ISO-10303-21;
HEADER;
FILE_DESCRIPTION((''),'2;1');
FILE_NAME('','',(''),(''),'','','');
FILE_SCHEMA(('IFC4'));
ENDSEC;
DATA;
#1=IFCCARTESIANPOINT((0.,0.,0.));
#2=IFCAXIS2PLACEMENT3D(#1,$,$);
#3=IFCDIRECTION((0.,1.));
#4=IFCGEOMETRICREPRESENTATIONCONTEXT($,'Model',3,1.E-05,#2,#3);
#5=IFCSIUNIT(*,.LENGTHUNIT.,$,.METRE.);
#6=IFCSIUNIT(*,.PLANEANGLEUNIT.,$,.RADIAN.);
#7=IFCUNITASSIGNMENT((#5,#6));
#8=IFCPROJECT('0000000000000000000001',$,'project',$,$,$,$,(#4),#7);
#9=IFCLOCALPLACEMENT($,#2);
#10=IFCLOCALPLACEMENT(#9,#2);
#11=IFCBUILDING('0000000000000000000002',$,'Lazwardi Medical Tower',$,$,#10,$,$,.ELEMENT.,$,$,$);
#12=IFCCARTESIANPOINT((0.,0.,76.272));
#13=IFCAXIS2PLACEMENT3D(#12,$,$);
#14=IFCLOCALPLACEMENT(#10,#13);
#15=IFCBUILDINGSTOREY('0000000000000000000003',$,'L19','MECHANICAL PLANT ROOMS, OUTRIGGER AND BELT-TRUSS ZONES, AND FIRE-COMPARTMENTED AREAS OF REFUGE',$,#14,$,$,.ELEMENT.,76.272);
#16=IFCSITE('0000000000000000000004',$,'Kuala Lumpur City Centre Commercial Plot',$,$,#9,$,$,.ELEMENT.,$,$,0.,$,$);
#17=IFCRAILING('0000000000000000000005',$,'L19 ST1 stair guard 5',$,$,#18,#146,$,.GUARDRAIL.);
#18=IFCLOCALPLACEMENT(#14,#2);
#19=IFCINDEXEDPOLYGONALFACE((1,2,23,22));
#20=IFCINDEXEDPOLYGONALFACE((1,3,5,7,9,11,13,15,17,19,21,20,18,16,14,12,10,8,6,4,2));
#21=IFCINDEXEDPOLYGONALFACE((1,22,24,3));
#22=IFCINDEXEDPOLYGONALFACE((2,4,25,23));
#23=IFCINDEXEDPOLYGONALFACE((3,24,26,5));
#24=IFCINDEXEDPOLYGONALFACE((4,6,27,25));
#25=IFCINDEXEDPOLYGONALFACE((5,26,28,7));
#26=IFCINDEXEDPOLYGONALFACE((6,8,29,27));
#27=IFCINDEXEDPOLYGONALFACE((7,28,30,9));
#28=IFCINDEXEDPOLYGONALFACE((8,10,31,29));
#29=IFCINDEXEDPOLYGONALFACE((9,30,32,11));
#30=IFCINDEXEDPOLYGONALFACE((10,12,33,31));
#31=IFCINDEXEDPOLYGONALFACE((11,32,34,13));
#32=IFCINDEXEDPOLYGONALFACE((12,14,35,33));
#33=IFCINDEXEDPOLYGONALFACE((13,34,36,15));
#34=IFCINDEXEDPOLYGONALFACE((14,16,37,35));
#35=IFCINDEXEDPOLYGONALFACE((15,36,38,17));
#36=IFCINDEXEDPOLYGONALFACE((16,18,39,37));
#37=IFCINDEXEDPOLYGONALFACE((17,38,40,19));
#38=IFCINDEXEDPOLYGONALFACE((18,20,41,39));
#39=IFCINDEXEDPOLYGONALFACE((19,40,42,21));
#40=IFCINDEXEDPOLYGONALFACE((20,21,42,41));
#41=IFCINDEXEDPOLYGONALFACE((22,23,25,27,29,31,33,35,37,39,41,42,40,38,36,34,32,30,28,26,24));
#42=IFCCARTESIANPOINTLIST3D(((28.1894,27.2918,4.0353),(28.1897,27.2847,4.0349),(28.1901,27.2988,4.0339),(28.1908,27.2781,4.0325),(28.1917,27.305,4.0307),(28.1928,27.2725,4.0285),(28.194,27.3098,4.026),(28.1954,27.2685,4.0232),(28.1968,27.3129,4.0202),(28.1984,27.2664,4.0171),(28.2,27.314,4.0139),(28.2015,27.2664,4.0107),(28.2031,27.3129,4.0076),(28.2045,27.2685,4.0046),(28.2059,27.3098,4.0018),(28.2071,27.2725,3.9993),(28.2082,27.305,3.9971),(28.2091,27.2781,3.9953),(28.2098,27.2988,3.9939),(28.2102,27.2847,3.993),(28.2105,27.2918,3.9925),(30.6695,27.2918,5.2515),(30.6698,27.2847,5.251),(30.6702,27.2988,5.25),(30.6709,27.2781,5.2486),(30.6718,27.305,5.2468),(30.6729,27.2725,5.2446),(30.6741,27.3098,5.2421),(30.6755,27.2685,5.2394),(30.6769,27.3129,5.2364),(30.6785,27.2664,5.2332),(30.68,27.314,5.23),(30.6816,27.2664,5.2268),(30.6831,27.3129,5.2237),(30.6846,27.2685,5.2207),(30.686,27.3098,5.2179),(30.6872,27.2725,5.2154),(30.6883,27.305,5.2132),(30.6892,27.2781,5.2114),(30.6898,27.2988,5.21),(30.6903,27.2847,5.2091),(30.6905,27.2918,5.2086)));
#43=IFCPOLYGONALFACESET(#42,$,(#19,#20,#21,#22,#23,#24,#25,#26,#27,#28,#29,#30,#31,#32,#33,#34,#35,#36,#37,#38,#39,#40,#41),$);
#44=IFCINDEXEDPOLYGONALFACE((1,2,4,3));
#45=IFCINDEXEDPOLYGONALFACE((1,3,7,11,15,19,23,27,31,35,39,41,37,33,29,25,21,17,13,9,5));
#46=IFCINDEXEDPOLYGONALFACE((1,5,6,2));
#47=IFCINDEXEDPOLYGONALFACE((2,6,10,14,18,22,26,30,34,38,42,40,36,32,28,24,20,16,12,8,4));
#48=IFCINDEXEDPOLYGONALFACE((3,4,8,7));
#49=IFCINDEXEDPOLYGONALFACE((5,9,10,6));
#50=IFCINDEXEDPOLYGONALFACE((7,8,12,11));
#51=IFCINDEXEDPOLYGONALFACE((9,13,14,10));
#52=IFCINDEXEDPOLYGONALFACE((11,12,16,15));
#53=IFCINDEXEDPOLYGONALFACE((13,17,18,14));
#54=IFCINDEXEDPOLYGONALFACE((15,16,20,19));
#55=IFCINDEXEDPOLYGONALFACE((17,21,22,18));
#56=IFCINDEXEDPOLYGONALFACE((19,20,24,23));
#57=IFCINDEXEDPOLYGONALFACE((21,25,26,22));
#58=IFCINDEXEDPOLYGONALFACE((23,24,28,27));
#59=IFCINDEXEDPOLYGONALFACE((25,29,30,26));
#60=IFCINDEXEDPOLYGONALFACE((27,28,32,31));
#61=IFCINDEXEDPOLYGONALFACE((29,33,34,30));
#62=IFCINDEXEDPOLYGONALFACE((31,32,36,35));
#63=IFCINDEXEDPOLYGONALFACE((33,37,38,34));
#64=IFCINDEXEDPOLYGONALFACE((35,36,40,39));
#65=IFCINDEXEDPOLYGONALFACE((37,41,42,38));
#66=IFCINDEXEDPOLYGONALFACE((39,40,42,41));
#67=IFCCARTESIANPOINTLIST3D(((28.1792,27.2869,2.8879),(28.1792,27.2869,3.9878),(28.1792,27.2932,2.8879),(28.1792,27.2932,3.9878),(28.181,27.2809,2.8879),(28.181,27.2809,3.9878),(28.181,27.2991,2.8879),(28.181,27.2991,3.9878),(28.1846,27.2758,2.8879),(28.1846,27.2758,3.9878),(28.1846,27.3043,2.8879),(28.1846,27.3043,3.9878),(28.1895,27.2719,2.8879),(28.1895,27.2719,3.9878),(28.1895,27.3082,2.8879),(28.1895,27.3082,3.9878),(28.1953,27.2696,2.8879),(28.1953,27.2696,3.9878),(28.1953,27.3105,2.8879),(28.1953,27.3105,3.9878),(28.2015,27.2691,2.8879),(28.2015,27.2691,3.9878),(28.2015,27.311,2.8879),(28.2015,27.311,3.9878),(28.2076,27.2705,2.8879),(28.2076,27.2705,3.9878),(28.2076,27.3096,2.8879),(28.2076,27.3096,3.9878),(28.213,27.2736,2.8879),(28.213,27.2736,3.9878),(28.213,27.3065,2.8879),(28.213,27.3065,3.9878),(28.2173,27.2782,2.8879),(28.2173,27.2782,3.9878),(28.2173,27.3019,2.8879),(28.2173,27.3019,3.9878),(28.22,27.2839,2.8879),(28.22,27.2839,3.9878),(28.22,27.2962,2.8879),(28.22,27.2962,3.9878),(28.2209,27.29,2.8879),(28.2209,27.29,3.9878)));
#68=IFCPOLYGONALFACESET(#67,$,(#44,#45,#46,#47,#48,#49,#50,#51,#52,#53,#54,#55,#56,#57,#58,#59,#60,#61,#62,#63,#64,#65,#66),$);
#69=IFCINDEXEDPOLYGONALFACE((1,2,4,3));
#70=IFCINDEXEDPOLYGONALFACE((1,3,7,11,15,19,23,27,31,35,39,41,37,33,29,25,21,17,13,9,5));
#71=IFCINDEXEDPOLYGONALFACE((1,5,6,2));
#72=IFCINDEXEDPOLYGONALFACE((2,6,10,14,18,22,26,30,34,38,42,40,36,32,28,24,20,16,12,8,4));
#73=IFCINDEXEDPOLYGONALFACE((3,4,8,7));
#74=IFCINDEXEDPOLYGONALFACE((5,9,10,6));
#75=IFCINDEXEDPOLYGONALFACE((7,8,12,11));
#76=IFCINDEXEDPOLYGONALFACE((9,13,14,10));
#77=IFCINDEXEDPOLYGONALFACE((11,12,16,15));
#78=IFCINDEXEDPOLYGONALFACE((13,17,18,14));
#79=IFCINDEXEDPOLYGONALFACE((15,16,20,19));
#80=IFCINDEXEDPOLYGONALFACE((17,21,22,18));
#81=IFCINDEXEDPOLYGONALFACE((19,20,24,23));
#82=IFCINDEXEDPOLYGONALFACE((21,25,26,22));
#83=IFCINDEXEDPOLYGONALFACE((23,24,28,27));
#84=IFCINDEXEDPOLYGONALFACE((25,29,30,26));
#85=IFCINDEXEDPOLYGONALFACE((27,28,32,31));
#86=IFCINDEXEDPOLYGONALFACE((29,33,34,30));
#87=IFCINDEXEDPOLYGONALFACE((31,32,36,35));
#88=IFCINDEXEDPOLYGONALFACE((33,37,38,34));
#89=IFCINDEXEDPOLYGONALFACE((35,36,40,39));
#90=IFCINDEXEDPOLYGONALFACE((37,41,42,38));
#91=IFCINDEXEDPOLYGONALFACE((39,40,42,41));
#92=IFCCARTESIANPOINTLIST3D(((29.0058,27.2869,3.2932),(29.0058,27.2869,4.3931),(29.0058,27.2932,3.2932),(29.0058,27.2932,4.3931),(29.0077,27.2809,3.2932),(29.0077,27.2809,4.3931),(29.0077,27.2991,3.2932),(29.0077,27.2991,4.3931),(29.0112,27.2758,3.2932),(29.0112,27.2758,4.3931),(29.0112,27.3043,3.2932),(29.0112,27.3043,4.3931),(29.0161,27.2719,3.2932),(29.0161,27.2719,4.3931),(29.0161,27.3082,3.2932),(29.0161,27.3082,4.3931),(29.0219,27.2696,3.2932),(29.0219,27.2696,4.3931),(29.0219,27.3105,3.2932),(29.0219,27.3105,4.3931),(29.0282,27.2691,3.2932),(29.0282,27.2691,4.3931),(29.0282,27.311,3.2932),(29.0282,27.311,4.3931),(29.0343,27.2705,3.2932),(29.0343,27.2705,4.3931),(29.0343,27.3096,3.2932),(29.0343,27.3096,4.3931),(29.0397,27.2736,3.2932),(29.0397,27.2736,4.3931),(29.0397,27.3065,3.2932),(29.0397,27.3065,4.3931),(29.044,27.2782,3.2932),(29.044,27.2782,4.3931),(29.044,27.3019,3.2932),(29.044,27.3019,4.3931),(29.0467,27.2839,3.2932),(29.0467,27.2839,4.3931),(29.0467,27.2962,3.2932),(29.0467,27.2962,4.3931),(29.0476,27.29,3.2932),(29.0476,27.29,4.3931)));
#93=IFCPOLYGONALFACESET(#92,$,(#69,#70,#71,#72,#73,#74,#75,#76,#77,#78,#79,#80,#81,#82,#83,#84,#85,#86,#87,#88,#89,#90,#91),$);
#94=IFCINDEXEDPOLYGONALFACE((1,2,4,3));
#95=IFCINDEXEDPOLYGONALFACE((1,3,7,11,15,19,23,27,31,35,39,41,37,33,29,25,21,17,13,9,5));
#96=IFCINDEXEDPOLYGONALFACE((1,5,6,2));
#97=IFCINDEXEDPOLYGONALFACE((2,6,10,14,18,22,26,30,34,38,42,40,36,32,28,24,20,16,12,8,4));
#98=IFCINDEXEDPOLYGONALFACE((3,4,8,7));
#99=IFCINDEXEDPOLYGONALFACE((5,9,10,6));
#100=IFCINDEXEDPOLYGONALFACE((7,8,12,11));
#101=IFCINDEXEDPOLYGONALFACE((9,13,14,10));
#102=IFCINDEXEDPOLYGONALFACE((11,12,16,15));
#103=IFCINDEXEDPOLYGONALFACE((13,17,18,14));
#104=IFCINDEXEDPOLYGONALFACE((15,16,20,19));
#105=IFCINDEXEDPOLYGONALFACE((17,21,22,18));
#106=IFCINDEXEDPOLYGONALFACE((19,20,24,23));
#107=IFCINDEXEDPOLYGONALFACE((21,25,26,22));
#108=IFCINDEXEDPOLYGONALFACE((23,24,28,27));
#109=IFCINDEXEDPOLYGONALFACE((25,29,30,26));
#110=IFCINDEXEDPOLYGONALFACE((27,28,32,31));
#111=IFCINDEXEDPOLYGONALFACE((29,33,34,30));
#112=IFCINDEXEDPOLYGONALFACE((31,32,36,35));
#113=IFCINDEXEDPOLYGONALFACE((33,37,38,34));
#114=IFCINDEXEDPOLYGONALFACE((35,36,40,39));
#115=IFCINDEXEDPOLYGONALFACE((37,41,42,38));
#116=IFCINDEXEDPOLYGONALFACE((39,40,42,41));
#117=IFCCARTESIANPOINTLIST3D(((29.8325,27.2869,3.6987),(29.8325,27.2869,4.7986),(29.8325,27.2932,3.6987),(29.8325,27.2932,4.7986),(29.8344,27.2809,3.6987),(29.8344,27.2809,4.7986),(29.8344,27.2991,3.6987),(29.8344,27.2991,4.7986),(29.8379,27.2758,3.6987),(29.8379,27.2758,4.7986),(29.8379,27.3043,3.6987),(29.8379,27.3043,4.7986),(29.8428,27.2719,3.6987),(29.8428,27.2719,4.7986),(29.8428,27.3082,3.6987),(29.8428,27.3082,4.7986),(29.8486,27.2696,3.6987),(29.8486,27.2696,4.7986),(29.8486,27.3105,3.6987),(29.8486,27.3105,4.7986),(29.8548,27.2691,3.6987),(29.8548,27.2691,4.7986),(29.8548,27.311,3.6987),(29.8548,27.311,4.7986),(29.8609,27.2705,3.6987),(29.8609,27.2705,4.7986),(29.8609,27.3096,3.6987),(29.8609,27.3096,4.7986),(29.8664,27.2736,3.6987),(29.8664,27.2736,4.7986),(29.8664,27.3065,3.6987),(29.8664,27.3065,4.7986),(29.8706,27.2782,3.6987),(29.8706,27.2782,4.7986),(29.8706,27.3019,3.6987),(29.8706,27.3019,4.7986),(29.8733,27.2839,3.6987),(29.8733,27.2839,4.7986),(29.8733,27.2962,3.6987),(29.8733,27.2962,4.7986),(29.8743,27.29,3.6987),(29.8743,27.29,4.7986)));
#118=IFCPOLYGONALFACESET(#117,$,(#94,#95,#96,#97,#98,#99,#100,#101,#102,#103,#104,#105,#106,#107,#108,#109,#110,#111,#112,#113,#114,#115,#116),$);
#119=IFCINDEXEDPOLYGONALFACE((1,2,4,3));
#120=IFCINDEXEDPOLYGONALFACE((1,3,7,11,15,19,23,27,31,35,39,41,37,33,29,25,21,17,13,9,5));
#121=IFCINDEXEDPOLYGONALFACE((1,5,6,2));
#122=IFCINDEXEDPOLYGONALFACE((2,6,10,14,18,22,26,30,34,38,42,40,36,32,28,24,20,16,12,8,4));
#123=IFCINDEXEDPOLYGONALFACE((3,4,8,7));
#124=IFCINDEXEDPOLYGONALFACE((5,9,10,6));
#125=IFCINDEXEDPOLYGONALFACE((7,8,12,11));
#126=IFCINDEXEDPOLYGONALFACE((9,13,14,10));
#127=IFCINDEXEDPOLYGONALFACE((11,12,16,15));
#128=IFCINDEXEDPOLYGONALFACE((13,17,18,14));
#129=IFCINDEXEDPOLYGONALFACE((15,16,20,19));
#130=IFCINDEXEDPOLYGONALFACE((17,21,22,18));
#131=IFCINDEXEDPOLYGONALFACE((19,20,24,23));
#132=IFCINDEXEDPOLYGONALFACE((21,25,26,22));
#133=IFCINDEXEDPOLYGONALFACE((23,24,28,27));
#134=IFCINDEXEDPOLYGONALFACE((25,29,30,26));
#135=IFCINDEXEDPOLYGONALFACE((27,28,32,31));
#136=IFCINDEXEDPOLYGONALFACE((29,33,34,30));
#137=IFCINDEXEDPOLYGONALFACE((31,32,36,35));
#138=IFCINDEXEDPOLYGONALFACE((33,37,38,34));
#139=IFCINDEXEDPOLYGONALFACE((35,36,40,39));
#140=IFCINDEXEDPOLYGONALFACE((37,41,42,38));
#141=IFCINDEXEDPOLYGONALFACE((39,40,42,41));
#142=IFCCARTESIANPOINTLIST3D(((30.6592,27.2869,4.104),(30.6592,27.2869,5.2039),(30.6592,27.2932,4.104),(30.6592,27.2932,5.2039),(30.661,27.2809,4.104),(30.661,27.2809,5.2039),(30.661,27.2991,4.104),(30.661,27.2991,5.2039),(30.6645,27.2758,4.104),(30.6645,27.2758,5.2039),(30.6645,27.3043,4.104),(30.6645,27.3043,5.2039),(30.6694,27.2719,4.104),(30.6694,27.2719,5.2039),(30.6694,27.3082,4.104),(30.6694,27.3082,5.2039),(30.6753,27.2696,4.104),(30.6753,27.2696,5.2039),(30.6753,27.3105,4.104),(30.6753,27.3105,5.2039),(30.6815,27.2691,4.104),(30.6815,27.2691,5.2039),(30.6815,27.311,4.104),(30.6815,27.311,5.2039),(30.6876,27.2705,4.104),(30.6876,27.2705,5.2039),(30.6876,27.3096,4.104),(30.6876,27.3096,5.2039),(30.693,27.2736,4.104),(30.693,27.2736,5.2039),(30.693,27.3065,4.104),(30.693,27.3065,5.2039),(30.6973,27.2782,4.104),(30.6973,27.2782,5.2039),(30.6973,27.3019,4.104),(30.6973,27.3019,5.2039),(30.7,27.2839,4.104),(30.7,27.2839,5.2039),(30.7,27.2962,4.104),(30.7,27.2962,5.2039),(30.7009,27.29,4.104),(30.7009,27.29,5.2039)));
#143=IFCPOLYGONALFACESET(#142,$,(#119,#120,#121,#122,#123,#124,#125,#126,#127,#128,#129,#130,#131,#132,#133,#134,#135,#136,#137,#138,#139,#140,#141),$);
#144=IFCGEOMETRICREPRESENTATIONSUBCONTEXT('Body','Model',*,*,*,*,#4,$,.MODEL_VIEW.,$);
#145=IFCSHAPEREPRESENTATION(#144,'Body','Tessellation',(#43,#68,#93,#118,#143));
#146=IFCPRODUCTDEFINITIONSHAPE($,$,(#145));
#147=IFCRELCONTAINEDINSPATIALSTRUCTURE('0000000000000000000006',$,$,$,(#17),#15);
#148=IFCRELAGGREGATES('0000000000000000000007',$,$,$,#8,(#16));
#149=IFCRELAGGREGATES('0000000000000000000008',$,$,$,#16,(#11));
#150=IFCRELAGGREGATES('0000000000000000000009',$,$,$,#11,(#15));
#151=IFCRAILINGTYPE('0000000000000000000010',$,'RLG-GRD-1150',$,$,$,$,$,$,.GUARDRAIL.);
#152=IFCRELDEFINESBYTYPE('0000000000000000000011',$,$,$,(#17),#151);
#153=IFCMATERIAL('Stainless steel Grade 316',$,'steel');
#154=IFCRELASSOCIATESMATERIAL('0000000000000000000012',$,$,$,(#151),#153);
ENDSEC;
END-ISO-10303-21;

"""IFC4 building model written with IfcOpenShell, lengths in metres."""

from ifc_helpers import new_model, si_unit, direction, frame, origin, origin_2d, place, context, subcontext, project, spatial, circle, extrude, material, type_object, element, save


model = new_model("IFC4")

# Units and contexts
model_context = context("Model", 3, precision=1e-05, world=origin(), true_north=direction((0.0, 1.0)))
body_context = subcontext(model_context, "Body", "Model", "MODEL_VIEW")
ifc_project = project(units=[si_unit("LENGTHUNIT", "METRE"), si_unit("PLANEANGLEUNIT", "RADIAN")], contexts=[model_context])

# Site, building, storey
site_placement = place(None, origin())
site = spatial("IfcSite", under=ifc_project, at=site_placement, Name="Kuala Lumpur City Centre Commercial Plot", CompositionType="ELEMENT", RefElevation=0.0)
building_placement = place(site_placement, origin())
building = spatial("IfcBuilding", under=site, at=building_placement, Name="Lazwardi Medical Tower", CompositionType="ELEMENT")
storey_placement = place(building_placement, frame((0.0, 0.0, 76.272)))
storey = spatial("IfcBuildingStorey", under=building, at=storey_placement, Name="L19", Description="MECHANICAL PLANT ROOMS, OUTRIGGER AND BELT-TRUSS ZONES, AND FIRE-COMPARTMENTED AREAS OF REFUGE", CompositionType="ELEMENT", Elevation=76.272)

# Railing
ifc_material_1 = material(Name="Stainless steel Grade 316", Category="steel")
railing_type_1 = type_object("IfcRailingType", Name="RLG-GRD-1150", PredefinedType="GUARDRAIL", material=ifc_material_1)
railing_1_placement = place(storey_placement, frame((28.2, 27.29, 2.8879)))
element("IfcRailing", 1, at=railing_1_placement, inside=storey, type_object=railing_type_1, Name="L19 ST1 stair guard 5", PredefinedType="GUARDRAIL", context=body_context, shape_type="SweptSolid", body=[
    extrude(circle(Radius=0.0239, at=origin_2d()), frame((0.0, 0.0, 1.126), z_axis=(0.897865, 0.0, 0.44027), x_axis=(0.0, 1.0, 0.0)), (0.0, 0.0, 1.0), 2.7622),
    extrude(circle(Radius=0.021, at=origin_2d()), origin(), (0.0, 0.0, 1.0), 1.0999),
    extrude(circle(Radius=0.021, at=origin_2d()), frame((0.8267, 0.0, 0.4053)), (0.0, 0.0, 1.0), 1.0999),
    extrude(circle(Radius=0.021, at=origin_2d()), frame((1.6533, 0.0, 0.8108)), (0.0, 0.0, 1.0), 1.0999),
    extrude(circle(Radius=0.021, at=origin_2d()), frame((2.48, 0.0, 1.2161)), (0.0, 0.0, 1.0), 1.0999),
])

save(model, "model.ifc")
